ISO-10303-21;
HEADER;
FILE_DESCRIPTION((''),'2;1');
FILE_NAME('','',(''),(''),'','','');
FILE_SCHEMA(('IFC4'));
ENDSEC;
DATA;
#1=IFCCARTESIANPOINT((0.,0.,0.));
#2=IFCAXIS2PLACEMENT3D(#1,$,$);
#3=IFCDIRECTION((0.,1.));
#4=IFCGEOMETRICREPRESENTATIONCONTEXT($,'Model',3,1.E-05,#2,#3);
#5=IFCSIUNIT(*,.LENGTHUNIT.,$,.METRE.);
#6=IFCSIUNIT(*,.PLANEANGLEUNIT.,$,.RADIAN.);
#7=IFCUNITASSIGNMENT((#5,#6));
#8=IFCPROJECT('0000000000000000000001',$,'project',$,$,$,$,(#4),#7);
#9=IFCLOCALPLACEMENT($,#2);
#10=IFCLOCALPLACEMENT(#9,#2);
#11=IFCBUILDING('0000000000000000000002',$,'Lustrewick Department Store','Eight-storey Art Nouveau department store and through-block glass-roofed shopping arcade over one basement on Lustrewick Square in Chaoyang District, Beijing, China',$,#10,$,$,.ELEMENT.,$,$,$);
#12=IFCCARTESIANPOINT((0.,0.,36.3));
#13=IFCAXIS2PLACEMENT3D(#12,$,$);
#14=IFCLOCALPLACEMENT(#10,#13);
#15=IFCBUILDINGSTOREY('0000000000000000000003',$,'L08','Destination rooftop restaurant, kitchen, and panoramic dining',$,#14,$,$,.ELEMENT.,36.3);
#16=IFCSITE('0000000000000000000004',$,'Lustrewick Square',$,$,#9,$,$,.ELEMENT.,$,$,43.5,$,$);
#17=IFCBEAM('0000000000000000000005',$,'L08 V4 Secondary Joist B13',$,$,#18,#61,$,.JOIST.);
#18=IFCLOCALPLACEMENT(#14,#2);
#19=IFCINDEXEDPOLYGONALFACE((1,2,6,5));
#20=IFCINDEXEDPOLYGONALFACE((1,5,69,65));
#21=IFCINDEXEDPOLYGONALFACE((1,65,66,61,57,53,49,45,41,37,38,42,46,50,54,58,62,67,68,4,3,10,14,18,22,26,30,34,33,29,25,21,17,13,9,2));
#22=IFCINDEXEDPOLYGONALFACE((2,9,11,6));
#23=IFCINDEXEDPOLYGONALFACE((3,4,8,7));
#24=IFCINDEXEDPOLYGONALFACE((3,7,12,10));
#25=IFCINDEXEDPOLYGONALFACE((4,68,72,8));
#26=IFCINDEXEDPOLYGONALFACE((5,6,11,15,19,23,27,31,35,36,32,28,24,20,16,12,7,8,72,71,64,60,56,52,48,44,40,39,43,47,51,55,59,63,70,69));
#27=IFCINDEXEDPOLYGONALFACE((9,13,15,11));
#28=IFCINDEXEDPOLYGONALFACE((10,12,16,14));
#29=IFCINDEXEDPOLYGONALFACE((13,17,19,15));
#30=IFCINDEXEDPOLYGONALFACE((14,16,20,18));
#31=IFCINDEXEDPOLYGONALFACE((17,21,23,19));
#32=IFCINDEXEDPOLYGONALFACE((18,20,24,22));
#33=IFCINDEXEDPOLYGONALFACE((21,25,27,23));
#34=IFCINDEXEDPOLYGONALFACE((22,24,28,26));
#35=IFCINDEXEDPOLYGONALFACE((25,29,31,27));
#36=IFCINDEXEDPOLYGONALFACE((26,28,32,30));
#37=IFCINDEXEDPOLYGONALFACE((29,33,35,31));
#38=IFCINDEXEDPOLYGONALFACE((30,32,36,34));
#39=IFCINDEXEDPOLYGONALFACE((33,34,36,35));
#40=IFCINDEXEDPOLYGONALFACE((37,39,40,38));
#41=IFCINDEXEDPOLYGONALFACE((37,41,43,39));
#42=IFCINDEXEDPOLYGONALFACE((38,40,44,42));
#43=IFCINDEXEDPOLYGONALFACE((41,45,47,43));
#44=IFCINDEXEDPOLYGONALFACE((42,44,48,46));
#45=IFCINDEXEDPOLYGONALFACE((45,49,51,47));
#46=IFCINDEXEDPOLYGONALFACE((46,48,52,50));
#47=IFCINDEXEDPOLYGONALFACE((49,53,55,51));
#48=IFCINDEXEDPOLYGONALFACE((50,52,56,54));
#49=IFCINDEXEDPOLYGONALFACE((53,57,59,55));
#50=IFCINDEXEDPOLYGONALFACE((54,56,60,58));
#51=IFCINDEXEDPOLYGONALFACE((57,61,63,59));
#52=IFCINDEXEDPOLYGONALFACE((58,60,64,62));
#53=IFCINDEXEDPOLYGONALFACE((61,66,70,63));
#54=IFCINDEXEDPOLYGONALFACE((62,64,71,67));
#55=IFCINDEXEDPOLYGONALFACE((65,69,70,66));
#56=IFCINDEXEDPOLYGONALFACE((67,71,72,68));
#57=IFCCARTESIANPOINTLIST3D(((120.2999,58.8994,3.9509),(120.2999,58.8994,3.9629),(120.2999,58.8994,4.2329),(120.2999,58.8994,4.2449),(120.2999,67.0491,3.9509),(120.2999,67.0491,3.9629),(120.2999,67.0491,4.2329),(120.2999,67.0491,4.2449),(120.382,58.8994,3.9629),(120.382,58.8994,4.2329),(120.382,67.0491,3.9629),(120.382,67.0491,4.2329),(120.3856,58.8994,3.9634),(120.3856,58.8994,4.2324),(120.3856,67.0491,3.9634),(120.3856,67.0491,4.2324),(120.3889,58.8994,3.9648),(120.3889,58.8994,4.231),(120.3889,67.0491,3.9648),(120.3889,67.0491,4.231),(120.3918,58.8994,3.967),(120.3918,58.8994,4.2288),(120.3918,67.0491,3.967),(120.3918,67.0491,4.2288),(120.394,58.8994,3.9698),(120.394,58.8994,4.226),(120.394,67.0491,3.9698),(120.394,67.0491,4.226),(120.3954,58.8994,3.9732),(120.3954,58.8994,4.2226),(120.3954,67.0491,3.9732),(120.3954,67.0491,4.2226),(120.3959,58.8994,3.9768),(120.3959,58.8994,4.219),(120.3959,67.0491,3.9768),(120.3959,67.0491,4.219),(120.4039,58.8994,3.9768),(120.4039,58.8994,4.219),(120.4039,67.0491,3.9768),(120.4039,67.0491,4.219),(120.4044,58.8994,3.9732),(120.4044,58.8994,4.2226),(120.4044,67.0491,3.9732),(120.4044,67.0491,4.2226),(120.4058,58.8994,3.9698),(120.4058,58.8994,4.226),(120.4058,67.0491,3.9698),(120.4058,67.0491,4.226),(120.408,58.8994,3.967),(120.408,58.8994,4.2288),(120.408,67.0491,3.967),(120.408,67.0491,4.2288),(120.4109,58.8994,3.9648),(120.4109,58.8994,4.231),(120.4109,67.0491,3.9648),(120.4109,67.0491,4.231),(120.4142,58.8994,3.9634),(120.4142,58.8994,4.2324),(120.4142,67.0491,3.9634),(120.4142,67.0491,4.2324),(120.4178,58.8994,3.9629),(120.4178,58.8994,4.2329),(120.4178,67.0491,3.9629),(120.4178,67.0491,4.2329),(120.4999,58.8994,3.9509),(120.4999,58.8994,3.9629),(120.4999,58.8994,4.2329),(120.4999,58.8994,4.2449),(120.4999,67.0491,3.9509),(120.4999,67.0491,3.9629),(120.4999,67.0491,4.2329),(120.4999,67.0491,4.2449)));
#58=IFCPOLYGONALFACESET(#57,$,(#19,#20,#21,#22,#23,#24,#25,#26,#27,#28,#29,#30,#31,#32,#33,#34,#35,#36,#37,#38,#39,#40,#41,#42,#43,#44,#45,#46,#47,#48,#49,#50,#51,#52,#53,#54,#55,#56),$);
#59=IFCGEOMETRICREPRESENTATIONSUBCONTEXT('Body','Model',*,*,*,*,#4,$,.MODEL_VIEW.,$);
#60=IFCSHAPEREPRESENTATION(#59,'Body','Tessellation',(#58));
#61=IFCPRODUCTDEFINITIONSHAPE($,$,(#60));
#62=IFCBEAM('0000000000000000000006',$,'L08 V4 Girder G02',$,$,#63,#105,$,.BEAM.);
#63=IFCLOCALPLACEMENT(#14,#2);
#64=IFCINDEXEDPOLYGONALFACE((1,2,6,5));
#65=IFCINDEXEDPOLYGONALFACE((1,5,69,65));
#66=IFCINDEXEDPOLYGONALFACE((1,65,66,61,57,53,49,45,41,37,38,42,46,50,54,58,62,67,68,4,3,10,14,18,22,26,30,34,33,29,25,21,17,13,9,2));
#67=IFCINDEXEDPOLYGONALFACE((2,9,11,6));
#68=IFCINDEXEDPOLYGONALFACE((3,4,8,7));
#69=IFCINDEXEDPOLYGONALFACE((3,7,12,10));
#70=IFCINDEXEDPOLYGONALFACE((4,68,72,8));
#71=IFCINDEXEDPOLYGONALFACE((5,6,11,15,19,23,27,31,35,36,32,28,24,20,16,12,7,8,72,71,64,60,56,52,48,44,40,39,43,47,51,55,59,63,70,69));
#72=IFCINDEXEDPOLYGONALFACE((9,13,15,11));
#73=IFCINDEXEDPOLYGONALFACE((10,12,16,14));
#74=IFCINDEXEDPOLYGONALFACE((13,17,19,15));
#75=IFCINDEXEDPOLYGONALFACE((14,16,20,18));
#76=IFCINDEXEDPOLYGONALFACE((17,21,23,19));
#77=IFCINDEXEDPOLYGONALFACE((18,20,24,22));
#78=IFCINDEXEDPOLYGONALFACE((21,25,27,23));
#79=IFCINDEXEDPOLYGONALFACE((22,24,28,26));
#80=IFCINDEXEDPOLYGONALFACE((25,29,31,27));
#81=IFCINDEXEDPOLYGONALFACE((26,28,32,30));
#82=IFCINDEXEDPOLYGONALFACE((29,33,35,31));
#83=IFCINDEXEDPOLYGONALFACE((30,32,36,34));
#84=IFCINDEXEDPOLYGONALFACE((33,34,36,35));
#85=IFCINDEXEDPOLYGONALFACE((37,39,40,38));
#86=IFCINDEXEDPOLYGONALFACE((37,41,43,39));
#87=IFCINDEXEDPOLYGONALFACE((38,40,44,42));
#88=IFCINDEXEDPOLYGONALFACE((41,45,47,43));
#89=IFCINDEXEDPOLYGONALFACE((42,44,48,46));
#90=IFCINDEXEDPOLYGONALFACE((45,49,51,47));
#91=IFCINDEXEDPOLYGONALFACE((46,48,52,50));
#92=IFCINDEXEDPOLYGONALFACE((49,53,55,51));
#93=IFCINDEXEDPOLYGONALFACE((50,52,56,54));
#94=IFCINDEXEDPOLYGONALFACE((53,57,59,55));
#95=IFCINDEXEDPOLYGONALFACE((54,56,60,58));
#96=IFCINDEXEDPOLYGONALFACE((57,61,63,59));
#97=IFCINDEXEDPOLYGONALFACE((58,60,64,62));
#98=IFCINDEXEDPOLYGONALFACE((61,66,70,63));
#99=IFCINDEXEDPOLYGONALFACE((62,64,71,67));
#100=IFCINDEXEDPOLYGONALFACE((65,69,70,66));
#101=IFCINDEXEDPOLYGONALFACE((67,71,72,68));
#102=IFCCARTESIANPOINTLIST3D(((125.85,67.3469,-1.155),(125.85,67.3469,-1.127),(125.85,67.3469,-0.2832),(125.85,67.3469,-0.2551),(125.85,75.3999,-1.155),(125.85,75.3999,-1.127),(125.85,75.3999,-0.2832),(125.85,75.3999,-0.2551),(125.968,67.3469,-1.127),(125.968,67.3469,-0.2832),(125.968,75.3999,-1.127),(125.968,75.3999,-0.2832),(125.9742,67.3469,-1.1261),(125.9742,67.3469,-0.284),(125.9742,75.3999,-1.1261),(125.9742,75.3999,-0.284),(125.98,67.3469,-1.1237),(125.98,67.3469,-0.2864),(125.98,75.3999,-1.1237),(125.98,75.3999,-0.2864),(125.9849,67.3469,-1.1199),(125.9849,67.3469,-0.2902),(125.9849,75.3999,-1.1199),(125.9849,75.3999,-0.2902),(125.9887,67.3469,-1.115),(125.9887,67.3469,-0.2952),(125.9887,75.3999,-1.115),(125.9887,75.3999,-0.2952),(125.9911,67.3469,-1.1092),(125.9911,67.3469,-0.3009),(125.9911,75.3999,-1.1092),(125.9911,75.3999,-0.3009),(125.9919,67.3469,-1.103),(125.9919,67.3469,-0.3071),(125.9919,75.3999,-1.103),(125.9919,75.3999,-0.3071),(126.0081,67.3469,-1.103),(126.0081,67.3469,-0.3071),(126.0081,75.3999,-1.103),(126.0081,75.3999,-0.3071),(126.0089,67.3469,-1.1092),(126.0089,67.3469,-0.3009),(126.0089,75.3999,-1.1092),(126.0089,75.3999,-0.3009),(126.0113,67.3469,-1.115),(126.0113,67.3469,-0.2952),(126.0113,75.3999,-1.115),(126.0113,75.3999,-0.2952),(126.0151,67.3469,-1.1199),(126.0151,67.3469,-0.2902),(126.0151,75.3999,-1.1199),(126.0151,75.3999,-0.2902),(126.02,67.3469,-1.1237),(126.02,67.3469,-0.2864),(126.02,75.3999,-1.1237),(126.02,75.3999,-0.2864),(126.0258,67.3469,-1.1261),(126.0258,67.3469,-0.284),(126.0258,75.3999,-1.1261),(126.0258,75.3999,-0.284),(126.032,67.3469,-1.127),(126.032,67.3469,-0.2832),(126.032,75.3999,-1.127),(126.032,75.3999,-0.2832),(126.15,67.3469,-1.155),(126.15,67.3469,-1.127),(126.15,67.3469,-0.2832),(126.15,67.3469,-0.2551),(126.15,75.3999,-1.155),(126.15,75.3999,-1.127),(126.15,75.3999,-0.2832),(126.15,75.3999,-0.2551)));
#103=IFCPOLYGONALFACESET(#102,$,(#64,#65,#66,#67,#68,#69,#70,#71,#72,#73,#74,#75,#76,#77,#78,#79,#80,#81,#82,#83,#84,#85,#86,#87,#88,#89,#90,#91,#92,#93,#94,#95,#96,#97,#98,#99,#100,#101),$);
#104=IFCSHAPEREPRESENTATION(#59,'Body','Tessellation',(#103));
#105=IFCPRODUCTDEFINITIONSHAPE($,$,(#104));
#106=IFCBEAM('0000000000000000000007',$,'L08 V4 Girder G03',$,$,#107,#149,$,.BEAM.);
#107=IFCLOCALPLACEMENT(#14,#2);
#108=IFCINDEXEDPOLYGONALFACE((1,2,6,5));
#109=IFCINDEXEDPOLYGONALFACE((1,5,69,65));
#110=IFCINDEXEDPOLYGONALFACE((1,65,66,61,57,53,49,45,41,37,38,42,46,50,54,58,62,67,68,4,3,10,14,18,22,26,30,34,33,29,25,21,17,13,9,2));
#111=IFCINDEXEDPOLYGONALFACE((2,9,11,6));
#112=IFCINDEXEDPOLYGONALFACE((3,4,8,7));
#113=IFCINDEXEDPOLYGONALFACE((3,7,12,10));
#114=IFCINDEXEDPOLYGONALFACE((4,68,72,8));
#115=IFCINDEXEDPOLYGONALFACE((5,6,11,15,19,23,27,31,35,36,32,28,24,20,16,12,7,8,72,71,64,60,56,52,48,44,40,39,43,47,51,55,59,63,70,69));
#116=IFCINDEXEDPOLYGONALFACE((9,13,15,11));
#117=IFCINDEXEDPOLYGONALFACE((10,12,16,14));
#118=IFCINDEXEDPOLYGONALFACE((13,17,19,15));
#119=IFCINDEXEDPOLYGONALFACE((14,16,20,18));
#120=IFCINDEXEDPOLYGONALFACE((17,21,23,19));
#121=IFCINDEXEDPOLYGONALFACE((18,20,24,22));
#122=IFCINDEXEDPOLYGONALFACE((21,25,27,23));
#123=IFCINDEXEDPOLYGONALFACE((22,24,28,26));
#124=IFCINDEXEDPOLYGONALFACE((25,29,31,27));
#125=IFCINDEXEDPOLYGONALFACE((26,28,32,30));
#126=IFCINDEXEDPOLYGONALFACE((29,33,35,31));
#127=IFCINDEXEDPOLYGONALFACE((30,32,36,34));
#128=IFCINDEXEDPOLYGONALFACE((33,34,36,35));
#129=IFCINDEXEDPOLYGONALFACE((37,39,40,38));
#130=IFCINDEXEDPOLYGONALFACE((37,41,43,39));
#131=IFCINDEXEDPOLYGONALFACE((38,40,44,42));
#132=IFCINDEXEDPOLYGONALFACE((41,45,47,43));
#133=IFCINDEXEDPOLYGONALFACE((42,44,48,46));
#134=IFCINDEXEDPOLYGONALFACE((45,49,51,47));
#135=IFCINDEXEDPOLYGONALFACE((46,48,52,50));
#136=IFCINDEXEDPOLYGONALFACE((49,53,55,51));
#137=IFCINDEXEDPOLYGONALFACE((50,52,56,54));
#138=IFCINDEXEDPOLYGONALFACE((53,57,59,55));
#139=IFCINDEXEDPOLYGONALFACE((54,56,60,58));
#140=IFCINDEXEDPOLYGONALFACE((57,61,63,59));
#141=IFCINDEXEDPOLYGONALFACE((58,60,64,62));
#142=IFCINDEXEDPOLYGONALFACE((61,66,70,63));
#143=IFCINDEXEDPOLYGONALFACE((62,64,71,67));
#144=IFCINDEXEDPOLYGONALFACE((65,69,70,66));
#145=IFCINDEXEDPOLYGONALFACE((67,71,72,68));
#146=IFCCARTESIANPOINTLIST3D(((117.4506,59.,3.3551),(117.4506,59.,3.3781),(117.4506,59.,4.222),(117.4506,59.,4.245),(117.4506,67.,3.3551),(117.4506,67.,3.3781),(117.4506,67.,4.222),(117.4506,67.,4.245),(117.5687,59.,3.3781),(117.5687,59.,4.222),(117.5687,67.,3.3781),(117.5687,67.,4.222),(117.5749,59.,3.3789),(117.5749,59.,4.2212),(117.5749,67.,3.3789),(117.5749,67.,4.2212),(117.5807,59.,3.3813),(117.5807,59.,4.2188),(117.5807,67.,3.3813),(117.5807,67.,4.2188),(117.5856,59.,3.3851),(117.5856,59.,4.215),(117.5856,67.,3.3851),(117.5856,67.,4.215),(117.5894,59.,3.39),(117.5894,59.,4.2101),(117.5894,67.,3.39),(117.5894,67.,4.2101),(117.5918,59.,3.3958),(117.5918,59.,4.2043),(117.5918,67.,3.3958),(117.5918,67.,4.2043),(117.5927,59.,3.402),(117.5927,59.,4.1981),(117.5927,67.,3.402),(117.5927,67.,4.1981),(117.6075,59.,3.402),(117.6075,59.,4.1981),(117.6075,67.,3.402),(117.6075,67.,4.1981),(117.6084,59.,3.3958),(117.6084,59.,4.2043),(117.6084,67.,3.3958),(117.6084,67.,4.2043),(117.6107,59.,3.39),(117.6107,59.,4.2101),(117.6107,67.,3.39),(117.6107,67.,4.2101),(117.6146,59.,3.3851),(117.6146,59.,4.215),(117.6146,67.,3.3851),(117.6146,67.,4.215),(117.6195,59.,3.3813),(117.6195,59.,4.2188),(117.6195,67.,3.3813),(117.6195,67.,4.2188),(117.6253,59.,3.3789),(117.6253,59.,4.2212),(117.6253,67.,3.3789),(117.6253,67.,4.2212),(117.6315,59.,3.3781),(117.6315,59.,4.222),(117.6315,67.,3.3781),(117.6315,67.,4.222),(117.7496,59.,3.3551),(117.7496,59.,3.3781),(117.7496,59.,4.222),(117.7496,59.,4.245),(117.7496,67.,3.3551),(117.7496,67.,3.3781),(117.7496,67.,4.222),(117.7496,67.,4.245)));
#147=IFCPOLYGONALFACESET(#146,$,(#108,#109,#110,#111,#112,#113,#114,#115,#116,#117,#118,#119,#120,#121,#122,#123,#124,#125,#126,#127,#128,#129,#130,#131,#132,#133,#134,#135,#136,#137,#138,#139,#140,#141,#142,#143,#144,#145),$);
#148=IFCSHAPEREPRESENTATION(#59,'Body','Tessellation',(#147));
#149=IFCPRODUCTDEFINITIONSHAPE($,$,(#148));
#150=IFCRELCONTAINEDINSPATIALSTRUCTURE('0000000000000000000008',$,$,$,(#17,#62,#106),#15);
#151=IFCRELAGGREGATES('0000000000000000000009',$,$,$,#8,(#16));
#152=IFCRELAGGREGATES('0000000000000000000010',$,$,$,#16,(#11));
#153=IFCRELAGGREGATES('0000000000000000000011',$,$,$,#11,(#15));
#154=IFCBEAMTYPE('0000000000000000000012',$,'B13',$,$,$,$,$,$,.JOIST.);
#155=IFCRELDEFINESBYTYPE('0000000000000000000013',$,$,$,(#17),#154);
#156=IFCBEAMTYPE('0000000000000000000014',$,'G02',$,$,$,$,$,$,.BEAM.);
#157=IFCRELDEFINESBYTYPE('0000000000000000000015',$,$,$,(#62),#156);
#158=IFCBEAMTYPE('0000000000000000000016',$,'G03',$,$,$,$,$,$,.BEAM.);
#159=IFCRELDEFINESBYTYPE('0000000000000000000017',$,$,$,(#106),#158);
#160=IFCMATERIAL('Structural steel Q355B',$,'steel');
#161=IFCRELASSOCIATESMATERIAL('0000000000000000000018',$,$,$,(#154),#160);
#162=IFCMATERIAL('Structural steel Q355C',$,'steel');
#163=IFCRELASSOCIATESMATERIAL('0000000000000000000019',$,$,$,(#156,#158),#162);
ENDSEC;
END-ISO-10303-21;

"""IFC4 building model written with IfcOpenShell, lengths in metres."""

from ifc_helpers import new_model, si_unit, direction, frame, origin, origin_2d, place, context, subcontext, project, spatial, i_section, extrude, material, material_profile, profile_set, type_object, element, save


model = new_model("IFC4")

# Units and contexts
model_context = context("Model", 3, precision=1e-05, world=origin(), true_north=direction((0.0, 1.0)))
body_context = subcontext(model_context, "Body", "Model", "MODEL_VIEW")
ifc_project = project(units=[si_unit("LENGTHUNIT", "METRE"), si_unit("PLANEANGLEUNIT", "RADIAN")], contexts=[model_context])

# Site, building, storey
site_placement = place(None, origin())
site = spatial("IfcSite", under=ifc_project, at=site_placement, Name="Lustrewick Square", CompositionType="ELEMENT", RefElevation=43.5)
building_placement = place(site_placement, origin())
building = spatial("IfcBuilding", under=site, at=building_placement, Name="Lustrewick Department Store", Description="Eight-storey Art Nouveau department store and through-block glass-roofed shopping arcade over one basement on Lustrewick Square in Chaoyang District, Beijing, China", CompositionType="ELEMENT")
storey_placement = place(building_placement, frame((0.0, 0.0, 36.3)))
storey = spatial("IfcBuildingStorey", under=building, at=storey_placement, Name="L08", Description="Destination rooftop restaurant, kitchen, and panoramic dining", CompositionType="ELEMENT", Elevation=36.3)

# Shared definitions
ifc_material_1 = material(Name="Structural steel Q355B", Category="steel")

# Beams
ifc_material_profile_1 = material_profile(ifc_material_1, i_section(OverallWidth=0.2, OverallDepth=0.2939, WebThickness=0.0081, FlangeThickness=0.012, FilletRadius=0.0139, at=origin_2d()), Name="HM 294x200x8x12")
ifc_profile_set_1 = profile_set([ifc_material_profile_1], Name="Structural steel Q355B")
beam_type_1 = type_object("IfcBeamType", Name="B13", PredefinedType="JOIST", material=ifc_profile_set_1)
beam_1_placement = place(storey_placement, frame((120.3999, 58.8994, 4.0979), z_axis=(0.0, 1.0, 0.0), x_axis=(-1.0, 0.0, 0.0)))
element("IfcBeam", 1, at=beam_1_placement, inside=storey, type_object=beam_type_1, Name="L08 V4 Secondary Joist B13", PredefinedType="JOIST", context=body_context, shape_type="SweptSolid", body=[
    extrude(i_section(OverallWidth=0.2, OverallDepth=0.2939, WebThickness=0.0081, FlangeThickness=0.012, FilletRadius=0.0139, at=origin_2d()), origin(), (0.0, 0.0, 1.0), 8.1497),
])
ifc_material_2 = material(Name="Structural steel Q355C", Category="steel")
ifc_material_profile_2 = material_profile(ifc_material_2, i_section(OverallWidth=0.3, OverallDepth=0.8999, WebThickness=0.0161, FlangeThickness=0.0281, FilletRadius=0.0239, at=origin_2d()), Name="HN 900x300x16x28")
ifc_profile_set_2 = profile_set([ifc_material_profile_2], Name="Structural steel Q355C")
beam_type_2 = type_object("IfcBeamType", Name="G02", PredefinedType="BEAM", material=ifc_profile_set_2)
beam_2_placement = place(storey_placement, frame((126.0, 67.3469, -0.7051), z_axis=(0.0, 1.0, 0.0), x_axis=(-1.0, 0.0, 0.0)))
element("IfcBeam", 2, at=beam_2_placement, inside=storey, type_object=beam_type_2, Name="L08 V4 Girder G02", PredefinedType="BEAM", context=body_context, shape_type="SweptSolid", body=[
    extrude(i_section(OverallWidth=0.3, OverallDepth=0.8999, WebThickness=0.0161, FlangeThickness=0.0281, FilletRadius=0.0239, at=origin_2d()), origin(), (0.0, 0.0, 1.0), 8.053),
])
ifc_material_profile_3 = material_profile(ifc_material_2, i_section(OverallWidth=0.2991, OverallDepth=0.8899, WebThickness=0.0149, FlangeThickness=0.0229, FilletRadius=0.0239, at=origin_2d()), Name="HN 890x299x15x23")
ifc_profile_set_3 = profile_set([ifc_material_profile_3], Name="Structural steel Q355C")
beam_type_3 = type_object("IfcBeamType", Name="G03", PredefinedType="BEAM", material=ifc_profile_set_3)
beam_3_placement = place(storey_placement, frame((117.6001, 59.0, 3.8), z_axis=(0.0, 1.0, 0.0), x_axis=(-1.0, 0.0, 0.0)))
element("IfcBeam", 3, at=beam_3_placement, inside=storey, type_object=beam_type_3, Name="L08 V4 Girder G03", PredefinedType="BEAM", context=body_context, shape_type="SweptSolid", body=[
    extrude(i_section(OverallWidth=0.2991, OverallDepth=0.8899, WebThickness=0.0149, FlangeThickness=0.0229, FilletRadius=0.0239, at=origin_2d()), origin(), (0.0, 0.0, 1.0), 8.0),
])

save(model, "model.ifc")
